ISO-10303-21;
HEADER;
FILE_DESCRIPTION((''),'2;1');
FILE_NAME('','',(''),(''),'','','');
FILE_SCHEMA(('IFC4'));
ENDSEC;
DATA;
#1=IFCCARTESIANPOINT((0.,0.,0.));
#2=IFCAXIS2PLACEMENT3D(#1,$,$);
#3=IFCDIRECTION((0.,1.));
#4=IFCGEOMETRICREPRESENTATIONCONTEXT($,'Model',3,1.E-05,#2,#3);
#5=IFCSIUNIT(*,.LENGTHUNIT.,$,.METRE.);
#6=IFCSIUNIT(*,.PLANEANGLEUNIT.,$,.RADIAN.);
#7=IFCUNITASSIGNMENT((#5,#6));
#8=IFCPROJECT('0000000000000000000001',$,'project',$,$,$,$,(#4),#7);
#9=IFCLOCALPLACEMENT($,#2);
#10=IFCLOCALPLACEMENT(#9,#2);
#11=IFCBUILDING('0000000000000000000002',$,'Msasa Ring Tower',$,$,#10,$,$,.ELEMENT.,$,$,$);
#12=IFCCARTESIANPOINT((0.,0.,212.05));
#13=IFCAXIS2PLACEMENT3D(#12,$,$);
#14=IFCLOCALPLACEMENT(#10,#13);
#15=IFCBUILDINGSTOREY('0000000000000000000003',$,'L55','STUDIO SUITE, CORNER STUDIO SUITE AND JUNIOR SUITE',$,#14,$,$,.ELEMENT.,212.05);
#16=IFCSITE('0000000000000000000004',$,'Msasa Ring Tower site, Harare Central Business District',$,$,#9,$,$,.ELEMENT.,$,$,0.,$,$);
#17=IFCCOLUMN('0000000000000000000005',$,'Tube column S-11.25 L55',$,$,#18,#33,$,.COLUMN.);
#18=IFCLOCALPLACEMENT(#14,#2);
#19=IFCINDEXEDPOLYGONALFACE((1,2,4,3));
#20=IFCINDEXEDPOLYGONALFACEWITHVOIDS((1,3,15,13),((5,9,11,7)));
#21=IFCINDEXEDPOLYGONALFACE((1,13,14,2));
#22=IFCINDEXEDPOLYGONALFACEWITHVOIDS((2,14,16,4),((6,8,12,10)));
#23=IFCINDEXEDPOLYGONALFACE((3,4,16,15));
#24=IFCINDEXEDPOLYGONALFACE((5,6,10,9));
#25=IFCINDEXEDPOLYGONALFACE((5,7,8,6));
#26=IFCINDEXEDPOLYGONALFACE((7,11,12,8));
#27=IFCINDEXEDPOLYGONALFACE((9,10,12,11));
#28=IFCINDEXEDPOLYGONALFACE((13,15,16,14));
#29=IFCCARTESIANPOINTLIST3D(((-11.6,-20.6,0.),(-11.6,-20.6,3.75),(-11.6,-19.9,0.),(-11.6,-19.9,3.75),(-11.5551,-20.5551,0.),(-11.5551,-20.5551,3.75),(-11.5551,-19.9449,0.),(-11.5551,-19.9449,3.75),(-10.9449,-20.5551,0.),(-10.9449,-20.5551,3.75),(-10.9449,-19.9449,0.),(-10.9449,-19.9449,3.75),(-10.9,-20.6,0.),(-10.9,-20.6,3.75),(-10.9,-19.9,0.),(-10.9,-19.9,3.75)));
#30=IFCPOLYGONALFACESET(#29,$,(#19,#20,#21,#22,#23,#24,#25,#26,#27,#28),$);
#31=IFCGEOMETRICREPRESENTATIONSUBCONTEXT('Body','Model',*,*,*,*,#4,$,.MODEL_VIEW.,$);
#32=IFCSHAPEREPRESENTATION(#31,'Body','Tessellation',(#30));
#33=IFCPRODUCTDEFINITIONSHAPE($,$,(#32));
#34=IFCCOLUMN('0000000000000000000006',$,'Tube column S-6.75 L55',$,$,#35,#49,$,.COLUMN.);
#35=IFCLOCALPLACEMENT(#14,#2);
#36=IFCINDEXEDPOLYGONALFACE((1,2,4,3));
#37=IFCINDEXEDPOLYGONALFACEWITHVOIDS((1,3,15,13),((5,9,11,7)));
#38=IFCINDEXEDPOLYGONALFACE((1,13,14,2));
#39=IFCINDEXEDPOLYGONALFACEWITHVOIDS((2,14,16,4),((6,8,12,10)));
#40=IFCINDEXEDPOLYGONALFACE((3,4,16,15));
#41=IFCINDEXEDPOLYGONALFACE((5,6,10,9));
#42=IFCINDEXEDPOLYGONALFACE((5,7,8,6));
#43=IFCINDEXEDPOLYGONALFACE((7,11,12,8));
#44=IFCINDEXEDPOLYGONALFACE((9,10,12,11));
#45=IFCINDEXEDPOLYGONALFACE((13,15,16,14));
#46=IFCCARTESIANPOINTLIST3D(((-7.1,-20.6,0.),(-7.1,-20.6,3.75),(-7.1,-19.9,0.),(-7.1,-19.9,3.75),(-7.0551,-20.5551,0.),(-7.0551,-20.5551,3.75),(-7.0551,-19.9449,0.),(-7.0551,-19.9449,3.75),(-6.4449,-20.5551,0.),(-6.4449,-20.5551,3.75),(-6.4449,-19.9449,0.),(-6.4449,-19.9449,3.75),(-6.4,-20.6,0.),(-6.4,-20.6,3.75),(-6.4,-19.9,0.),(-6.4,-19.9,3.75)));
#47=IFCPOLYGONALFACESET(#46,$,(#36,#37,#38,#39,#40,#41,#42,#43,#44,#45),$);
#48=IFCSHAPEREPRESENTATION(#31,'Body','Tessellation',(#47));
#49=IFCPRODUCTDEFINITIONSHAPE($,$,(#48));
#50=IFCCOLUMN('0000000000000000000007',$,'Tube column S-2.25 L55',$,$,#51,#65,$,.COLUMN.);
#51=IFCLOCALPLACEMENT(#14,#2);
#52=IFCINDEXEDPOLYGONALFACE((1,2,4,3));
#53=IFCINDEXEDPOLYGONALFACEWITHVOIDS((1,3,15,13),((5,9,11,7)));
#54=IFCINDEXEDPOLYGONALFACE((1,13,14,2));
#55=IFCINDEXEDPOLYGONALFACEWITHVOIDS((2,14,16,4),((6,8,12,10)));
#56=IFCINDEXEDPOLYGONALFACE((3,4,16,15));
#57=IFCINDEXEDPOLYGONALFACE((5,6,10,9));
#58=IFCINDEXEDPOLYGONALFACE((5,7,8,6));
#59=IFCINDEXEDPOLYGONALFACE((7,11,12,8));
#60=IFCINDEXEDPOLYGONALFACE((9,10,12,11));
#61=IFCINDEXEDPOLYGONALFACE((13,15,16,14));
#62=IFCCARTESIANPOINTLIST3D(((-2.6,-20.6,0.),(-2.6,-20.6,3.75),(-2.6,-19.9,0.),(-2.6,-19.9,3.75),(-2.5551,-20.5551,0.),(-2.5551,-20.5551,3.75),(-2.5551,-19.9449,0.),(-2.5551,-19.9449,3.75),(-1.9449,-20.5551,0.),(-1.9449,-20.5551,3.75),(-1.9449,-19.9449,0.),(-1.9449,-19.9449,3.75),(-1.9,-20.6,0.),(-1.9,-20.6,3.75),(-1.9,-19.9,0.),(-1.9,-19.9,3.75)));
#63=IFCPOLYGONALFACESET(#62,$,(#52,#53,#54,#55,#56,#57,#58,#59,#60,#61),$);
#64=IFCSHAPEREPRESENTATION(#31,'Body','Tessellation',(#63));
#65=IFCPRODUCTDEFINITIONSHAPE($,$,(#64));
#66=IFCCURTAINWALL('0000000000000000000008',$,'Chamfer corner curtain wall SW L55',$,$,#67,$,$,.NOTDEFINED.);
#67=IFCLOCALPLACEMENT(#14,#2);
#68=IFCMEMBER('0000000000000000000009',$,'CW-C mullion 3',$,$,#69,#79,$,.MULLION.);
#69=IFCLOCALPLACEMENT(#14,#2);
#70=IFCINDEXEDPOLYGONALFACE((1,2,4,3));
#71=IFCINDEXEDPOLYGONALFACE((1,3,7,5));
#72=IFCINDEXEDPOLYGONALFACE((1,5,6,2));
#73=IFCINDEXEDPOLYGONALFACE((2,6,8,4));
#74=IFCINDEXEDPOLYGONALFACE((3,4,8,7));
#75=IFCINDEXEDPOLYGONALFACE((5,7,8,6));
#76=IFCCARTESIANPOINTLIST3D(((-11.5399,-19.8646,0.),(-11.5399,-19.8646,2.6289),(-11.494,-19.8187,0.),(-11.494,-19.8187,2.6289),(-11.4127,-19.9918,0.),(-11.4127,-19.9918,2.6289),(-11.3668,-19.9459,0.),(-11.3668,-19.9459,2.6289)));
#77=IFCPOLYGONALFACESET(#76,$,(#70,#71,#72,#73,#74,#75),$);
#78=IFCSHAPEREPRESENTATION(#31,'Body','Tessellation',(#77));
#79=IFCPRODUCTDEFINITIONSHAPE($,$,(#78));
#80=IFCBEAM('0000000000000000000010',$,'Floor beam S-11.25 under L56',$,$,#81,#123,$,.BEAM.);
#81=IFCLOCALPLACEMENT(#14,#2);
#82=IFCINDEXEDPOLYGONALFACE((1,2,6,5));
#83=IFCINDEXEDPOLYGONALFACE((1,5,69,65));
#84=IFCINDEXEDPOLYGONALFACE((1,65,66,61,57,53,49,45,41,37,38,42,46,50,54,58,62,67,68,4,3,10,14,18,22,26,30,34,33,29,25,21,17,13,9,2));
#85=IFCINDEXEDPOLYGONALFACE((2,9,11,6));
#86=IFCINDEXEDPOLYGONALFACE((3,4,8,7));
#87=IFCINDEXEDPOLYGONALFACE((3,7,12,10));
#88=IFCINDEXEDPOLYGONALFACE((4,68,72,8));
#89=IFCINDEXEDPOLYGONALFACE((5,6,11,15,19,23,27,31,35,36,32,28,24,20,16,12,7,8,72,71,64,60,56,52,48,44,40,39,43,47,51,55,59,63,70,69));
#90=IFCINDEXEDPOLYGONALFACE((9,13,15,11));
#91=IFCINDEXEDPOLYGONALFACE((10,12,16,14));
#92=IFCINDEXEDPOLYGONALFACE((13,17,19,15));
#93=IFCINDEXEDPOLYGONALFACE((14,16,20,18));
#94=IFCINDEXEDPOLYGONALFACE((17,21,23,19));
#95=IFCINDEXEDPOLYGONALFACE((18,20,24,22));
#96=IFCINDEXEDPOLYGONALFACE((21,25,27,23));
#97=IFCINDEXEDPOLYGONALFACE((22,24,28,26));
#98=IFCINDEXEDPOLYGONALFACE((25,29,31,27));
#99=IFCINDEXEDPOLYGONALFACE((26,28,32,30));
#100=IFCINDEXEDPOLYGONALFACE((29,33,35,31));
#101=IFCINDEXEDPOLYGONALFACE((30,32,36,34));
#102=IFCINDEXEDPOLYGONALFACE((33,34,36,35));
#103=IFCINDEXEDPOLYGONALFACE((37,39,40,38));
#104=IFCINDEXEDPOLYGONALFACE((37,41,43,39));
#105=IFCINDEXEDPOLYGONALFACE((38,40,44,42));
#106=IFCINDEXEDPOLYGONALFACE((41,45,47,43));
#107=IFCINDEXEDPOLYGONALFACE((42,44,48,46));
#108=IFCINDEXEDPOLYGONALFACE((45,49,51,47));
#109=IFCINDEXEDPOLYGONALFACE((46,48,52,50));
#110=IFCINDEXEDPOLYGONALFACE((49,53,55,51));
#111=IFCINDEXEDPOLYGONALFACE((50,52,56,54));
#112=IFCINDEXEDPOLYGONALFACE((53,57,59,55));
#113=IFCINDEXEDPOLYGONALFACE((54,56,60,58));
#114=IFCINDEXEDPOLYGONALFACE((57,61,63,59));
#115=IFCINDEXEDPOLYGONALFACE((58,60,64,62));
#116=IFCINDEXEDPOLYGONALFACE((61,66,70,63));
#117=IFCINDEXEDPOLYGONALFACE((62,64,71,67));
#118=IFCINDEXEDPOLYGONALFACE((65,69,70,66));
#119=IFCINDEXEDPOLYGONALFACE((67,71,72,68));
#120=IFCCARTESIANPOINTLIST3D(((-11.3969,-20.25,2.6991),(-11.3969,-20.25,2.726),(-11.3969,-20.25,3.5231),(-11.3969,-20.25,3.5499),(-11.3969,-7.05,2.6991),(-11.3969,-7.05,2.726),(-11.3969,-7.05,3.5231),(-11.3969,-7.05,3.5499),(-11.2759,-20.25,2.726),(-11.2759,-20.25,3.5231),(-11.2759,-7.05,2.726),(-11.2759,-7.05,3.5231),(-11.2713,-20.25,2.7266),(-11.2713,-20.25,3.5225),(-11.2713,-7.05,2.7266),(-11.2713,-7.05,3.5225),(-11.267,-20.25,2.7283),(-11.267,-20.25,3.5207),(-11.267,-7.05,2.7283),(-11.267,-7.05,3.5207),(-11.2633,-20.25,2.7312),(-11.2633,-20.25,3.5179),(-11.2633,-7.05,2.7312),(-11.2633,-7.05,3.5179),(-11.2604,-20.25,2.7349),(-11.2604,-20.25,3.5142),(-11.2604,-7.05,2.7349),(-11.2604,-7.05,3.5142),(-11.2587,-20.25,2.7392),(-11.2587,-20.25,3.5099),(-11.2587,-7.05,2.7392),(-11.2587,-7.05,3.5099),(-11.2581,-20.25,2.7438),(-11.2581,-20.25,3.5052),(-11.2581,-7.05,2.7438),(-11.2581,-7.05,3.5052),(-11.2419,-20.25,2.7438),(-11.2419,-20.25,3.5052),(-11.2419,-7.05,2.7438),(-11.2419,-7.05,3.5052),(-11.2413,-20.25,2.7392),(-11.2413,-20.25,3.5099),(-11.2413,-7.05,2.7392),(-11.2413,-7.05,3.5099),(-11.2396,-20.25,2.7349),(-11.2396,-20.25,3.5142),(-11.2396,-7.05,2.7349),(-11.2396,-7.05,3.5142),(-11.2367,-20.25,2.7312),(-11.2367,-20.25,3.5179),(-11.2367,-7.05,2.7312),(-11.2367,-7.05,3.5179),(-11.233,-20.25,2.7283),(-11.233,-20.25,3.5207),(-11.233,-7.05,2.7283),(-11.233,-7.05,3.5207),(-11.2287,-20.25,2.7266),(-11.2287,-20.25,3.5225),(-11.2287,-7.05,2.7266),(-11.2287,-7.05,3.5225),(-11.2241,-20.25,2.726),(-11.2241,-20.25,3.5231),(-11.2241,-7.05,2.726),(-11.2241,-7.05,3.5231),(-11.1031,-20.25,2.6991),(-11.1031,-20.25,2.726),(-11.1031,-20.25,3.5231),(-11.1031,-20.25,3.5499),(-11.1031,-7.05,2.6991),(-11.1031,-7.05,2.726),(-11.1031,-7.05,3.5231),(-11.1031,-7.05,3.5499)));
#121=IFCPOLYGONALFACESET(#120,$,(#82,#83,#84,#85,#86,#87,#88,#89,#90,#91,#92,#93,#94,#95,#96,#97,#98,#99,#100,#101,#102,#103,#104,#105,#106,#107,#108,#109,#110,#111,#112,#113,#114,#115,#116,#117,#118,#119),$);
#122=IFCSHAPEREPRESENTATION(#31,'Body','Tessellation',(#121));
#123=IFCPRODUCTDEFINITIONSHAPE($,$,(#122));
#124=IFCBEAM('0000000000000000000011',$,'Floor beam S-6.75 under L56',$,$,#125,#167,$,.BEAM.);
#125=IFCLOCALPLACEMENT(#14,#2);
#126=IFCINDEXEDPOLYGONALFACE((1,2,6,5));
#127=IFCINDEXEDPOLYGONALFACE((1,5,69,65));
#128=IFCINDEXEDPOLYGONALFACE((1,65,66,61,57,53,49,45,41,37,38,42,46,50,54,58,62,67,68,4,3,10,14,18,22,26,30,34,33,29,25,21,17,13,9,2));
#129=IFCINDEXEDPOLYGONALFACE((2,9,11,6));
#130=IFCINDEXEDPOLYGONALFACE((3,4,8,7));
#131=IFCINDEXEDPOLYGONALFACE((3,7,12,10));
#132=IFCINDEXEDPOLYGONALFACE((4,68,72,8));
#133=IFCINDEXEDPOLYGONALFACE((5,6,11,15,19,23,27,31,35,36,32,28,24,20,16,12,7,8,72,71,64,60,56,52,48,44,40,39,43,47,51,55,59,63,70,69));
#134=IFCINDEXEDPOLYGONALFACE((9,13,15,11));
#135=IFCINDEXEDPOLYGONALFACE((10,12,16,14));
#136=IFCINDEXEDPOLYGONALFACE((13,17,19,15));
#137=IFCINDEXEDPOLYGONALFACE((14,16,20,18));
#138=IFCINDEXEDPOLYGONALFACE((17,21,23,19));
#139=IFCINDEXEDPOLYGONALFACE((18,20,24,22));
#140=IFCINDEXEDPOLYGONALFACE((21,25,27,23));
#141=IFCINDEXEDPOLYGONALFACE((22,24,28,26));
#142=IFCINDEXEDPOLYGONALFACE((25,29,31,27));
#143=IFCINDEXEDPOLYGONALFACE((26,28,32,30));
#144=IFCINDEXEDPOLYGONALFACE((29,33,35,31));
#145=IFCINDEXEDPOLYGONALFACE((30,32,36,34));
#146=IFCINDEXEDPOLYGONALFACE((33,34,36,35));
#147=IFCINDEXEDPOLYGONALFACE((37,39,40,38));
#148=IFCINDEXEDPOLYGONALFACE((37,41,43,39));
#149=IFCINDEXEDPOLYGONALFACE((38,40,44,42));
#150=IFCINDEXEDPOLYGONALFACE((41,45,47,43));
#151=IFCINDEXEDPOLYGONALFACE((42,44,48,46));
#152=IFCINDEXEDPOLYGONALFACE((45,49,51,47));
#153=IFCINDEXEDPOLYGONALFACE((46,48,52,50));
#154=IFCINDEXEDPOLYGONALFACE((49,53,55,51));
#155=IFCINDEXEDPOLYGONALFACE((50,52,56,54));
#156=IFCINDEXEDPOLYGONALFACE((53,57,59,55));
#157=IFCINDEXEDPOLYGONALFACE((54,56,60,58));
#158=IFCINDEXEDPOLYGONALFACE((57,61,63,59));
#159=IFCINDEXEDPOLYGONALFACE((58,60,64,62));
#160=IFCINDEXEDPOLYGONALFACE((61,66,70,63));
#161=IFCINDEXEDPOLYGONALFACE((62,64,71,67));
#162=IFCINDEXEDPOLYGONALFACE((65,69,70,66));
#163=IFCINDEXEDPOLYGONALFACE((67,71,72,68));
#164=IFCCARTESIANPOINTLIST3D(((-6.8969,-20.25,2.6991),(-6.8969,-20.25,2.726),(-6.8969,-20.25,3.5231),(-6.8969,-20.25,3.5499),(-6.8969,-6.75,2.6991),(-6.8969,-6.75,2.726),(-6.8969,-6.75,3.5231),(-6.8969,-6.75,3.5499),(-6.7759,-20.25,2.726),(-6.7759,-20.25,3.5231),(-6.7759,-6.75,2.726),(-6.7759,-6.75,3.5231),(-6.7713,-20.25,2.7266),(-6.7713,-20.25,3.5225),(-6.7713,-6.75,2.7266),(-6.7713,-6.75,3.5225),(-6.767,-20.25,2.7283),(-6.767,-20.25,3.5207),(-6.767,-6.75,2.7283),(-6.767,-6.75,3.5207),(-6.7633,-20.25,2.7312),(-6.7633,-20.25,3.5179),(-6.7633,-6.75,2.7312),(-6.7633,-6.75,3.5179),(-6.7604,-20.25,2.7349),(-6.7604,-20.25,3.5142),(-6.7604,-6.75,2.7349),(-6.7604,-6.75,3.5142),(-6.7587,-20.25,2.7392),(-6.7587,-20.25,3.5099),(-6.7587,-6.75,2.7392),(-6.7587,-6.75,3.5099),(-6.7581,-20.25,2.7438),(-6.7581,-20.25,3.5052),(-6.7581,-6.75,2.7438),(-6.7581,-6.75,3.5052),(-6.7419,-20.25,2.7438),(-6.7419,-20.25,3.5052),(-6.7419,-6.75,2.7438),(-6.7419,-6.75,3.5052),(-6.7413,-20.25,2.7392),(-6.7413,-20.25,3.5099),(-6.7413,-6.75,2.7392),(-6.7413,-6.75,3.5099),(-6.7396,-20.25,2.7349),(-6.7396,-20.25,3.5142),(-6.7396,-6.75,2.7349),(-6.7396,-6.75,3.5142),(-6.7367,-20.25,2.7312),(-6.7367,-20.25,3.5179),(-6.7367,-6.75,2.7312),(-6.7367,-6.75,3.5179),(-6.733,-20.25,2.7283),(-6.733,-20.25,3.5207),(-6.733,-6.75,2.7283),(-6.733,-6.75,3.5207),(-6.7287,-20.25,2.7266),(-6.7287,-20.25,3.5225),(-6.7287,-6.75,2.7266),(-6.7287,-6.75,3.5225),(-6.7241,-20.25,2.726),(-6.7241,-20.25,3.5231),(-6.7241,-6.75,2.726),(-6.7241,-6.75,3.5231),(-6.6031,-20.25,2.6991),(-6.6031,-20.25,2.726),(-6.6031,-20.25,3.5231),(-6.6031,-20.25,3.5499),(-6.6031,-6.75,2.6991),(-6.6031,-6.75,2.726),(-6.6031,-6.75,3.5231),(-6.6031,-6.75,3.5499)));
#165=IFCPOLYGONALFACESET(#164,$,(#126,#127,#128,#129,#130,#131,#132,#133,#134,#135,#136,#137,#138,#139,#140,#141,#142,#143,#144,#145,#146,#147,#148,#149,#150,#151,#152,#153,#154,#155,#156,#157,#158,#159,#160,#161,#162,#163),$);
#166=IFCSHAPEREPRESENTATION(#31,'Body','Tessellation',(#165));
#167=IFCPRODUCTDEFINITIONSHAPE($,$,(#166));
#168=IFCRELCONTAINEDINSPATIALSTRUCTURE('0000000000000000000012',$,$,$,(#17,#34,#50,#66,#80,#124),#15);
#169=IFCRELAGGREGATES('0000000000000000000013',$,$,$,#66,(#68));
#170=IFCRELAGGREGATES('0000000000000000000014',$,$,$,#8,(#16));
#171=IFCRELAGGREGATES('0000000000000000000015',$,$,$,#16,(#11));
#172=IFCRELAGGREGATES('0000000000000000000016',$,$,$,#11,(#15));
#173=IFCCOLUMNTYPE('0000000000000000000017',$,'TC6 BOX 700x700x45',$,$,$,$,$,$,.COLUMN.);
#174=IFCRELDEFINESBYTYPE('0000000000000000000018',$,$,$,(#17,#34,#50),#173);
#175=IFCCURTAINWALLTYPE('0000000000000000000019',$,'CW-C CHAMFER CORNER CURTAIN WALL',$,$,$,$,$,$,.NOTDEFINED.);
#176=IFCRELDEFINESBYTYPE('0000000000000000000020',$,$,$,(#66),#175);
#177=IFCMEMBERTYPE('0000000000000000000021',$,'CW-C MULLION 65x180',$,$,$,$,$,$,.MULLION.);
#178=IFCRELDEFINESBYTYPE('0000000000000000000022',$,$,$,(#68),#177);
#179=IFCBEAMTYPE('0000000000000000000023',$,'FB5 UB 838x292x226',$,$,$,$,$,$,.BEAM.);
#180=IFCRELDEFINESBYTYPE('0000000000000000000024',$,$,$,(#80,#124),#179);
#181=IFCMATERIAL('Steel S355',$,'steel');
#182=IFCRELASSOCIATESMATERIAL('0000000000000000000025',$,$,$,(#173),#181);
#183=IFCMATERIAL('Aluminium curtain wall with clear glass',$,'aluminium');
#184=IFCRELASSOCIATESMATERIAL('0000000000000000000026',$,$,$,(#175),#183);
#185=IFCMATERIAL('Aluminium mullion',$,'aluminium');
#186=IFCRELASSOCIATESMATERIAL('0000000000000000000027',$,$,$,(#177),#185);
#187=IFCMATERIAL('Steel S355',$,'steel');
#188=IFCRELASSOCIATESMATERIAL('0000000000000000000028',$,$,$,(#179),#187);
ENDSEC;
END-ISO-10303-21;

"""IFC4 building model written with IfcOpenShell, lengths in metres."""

from ifc_helpers import new_model, si_unit, direction, frame, origin, origin_2d, place, context, subcontext, project, spatial, rectangle, hollow_rectangle, i_section, extrude, material, material_profile, profile_set, type_object, element, aggregate, save


model = new_model("IFC4")

# Units and contexts
model_context = context("Model", 3, precision=1e-05, world=origin(), true_north=direction((0.0, 1.0)))
body_context = subcontext(model_context, "Body", "Model", "MODEL_VIEW")
ifc_project = project(units=[si_unit("LENGTHUNIT", "METRE"), si_unit("PLANEANGLEUNIT", "RADIAN")], contexts=[model_context])

# Site, building, storey
site_placement = place(None, origin())
site = spatial("IfcSite", under=ifc_project, at=site_placement, Name="Msasa Ring Tower site, Harare Central Business District", CompositionType="ELEMENT", RefElevation=0.0)
building_placement = place(site_placement, origin())
building = spatial("IfcBuilding", under=site, at=building_placement, Name="Msasa Ring Tower", CompositionType="ELEMENT")
storey_placement = place(building_placement, frame((0.0, 0.0, 212.05)))
storey = spatial("IfcBuildingStorey", under=building, at=storey_placement, Name="L55", Description="STUDIO SUITE, CORNER STUDIO SUITE AND JUNIOR SUITE", CompositionType="ELEMENT", Elevation=212.05)

# Columns
ifc_material_1 = material(Name="Steel S355", Category="steel")
ifc_material_profile_1 = material_profile(ifc_material_1, hollow_rectangle(XDim=0.7, YDim=0.7, WallThickness=0.0449, at=origin_2d()), Name="BOX 700x700x45")
ifc_profile_set_1 = profile_set([ifc_material_profile_1], Name="Steel S355")
column_type = type_object("IfcColumnType", Name="TC6 BOX 700x700x45", PredefinedType="COLUMN", material=ifc_profile_set_1)
for number, where, z_axis, x_axis, name in (
    (1, (-11.25, -20.25, 0.0), (0.0, 0.0, 1.0), (0.0, 1.0, 0.0), "Tube column S-11.25 L55"),
    (2, (-6.75, -20.25, 0.0), (0.0, 0.0, 1.0), (0.0, 1.0, 0.0), "Tube column S-6.75 L55"),
    (3, (-2.25, -20.25, 0.0), (0.0, 0.0, 1.0), (0.0, 1.0, 0.0), "Tube column S-2.25 L55"),
):
    element("IfcColumn", number, at=place(storey_placement, frame(where, z_axis=z_axis, x_axis=x_axis)), inside=storey, type_object=column_type, Name=name, PredefinedType="COLUMN", context=body_context, shape_type="SweptSolid", body=[
        extrude(hollow_rectangle(XDim=0.7, YDim=0.7, WallThickness=0.0449, at=origin_2d()), origin(), (0.0, 0.0, 1.0), 3.75),
    ])

# Curtain wall, member
ifc_material_2 = material(Name="Aluminium curtain wall with clear glass", Category="aluminium")
curtain_wall_type = type_object("IfcCurtainWallType", Name="CW-C CHAMFER CORNER CURTAIN WALL", PredefinedType="NOTDEFINED", material=ifc_material_2)
curtain_wall_placement = place(storey_placement, origin())
curtain_wall = element("IfcCurtainWall", 4, at=curtain_wall_placement, inside=storey, type_object=curtain_wall_type, Name="Chamfer corner curtain wall SW L55", PredefinedType="NOTDEFINED")
ifc_material_3 = material(Name="Aluminium mullion", Category="aluminium")
ifc_material_profile_2 = material_profile(ifc_material_3, rectangle(XDim=0.0649, YDim=0.1799, at=origin_2d()), Name="AL 65x180")
ifc_profile_set_2 = profile_set([ifc_material_profile_2], Name="Aluminium mullion")
member_type = type_object("IfcMemberType", Name="CW-C MULLION 65x180", PredefinedType="MULLION", material=ifc_profile_set_2)
member_placement = place(storey_placement, frame((-11.4534, -19.9053, 0.0), z_axis=(0.0, 0.0, 1.0), x_axis=(0.707107, 0.707107, 0.0)))
member = element("IfcMember", 5, at=member_placement, type_object=member_type, Name="CW-C mullion 3", PredefinedType="MULLION", context=body_context, shape_type="SweptSolid", body=[
    extrude(rectangle(XDim=0.0649, YDim=0.1799, at=origin_2d()), origin(), (0.0, 0.0, 1.0), 2.6289),
])

# Beams
ifc_material_4 = material(Name="Steel S355", Category="steel")
ifc_material_profile_3 = material_profile(ifc_material_4, i_section(OverallWidth=0.2937, OverallDepth=0.8508, WebThickness=0.0161, FlangeThickness=0.0269, FilletRadius=0.0178, at=origin_2d()), Name="UB 838x292x226")
ifc_profile_set_3 = profile_set([ifc_material_profile_3], Name="Steel S355")
beam_type_1 = type_object("IfcBeamType", Name="FB5 UB 838x292x226", PredefinedType="BEAM", material=ifc_profile_set_3)
beam_placement = place(storey_placement, frame((-11.25, -20.25, 3.1245), z_axis=(0.0, 1.0, 0.0), x_axis=(-1.0, 0.0, 0.0)))
element("IfcBeam", 6, at=beam_placement, inside=storey, type_object=beam_type_1, Name="Floor beam S-11.25 under L56", PredefinedType="BEAM", context=body_context, shape_type="SweptSolid", body=[
    extrude(i_section(OverallWidth=0.2937, OverallDepth=0.8508, WebThickness=0.0161, FlangeThickness=0.0269, FilletRadius=0.0178, at=origin_2d()), origin(), (0.0, 0.0, 1.0), 13.2),
])
for number, where, z_axis, x_axis, name in (
    (7, (-6.75, -20.25, 3.1245), (0.0, 1.0, 0.0), (-1.0, 0.0, 0.0), "Floor beam S-6.75 under L56"),
):
    element("IfcBeam", number, at=place(storey_placement, frame(where, z_axis=z_axis, x_axis=x_axis)), inside=storey, type_object=beam_type_1, Name=name, PredefinedType="BEAM", context=body_context, shape_type="SweptSolid", body=[
        extrude(i_section(OverallWidth=0.2937, OverallDepth=0.8508, WebThickness=0.0161, FlangeThickness=0.0269, FilletRadius=0.0178, at=origin_2d()), origin(), (0.0, 0.0, 1.0), 13.5),
    ])

aggregate(curtain_wall, [member])

save(model, "model.ifc")
